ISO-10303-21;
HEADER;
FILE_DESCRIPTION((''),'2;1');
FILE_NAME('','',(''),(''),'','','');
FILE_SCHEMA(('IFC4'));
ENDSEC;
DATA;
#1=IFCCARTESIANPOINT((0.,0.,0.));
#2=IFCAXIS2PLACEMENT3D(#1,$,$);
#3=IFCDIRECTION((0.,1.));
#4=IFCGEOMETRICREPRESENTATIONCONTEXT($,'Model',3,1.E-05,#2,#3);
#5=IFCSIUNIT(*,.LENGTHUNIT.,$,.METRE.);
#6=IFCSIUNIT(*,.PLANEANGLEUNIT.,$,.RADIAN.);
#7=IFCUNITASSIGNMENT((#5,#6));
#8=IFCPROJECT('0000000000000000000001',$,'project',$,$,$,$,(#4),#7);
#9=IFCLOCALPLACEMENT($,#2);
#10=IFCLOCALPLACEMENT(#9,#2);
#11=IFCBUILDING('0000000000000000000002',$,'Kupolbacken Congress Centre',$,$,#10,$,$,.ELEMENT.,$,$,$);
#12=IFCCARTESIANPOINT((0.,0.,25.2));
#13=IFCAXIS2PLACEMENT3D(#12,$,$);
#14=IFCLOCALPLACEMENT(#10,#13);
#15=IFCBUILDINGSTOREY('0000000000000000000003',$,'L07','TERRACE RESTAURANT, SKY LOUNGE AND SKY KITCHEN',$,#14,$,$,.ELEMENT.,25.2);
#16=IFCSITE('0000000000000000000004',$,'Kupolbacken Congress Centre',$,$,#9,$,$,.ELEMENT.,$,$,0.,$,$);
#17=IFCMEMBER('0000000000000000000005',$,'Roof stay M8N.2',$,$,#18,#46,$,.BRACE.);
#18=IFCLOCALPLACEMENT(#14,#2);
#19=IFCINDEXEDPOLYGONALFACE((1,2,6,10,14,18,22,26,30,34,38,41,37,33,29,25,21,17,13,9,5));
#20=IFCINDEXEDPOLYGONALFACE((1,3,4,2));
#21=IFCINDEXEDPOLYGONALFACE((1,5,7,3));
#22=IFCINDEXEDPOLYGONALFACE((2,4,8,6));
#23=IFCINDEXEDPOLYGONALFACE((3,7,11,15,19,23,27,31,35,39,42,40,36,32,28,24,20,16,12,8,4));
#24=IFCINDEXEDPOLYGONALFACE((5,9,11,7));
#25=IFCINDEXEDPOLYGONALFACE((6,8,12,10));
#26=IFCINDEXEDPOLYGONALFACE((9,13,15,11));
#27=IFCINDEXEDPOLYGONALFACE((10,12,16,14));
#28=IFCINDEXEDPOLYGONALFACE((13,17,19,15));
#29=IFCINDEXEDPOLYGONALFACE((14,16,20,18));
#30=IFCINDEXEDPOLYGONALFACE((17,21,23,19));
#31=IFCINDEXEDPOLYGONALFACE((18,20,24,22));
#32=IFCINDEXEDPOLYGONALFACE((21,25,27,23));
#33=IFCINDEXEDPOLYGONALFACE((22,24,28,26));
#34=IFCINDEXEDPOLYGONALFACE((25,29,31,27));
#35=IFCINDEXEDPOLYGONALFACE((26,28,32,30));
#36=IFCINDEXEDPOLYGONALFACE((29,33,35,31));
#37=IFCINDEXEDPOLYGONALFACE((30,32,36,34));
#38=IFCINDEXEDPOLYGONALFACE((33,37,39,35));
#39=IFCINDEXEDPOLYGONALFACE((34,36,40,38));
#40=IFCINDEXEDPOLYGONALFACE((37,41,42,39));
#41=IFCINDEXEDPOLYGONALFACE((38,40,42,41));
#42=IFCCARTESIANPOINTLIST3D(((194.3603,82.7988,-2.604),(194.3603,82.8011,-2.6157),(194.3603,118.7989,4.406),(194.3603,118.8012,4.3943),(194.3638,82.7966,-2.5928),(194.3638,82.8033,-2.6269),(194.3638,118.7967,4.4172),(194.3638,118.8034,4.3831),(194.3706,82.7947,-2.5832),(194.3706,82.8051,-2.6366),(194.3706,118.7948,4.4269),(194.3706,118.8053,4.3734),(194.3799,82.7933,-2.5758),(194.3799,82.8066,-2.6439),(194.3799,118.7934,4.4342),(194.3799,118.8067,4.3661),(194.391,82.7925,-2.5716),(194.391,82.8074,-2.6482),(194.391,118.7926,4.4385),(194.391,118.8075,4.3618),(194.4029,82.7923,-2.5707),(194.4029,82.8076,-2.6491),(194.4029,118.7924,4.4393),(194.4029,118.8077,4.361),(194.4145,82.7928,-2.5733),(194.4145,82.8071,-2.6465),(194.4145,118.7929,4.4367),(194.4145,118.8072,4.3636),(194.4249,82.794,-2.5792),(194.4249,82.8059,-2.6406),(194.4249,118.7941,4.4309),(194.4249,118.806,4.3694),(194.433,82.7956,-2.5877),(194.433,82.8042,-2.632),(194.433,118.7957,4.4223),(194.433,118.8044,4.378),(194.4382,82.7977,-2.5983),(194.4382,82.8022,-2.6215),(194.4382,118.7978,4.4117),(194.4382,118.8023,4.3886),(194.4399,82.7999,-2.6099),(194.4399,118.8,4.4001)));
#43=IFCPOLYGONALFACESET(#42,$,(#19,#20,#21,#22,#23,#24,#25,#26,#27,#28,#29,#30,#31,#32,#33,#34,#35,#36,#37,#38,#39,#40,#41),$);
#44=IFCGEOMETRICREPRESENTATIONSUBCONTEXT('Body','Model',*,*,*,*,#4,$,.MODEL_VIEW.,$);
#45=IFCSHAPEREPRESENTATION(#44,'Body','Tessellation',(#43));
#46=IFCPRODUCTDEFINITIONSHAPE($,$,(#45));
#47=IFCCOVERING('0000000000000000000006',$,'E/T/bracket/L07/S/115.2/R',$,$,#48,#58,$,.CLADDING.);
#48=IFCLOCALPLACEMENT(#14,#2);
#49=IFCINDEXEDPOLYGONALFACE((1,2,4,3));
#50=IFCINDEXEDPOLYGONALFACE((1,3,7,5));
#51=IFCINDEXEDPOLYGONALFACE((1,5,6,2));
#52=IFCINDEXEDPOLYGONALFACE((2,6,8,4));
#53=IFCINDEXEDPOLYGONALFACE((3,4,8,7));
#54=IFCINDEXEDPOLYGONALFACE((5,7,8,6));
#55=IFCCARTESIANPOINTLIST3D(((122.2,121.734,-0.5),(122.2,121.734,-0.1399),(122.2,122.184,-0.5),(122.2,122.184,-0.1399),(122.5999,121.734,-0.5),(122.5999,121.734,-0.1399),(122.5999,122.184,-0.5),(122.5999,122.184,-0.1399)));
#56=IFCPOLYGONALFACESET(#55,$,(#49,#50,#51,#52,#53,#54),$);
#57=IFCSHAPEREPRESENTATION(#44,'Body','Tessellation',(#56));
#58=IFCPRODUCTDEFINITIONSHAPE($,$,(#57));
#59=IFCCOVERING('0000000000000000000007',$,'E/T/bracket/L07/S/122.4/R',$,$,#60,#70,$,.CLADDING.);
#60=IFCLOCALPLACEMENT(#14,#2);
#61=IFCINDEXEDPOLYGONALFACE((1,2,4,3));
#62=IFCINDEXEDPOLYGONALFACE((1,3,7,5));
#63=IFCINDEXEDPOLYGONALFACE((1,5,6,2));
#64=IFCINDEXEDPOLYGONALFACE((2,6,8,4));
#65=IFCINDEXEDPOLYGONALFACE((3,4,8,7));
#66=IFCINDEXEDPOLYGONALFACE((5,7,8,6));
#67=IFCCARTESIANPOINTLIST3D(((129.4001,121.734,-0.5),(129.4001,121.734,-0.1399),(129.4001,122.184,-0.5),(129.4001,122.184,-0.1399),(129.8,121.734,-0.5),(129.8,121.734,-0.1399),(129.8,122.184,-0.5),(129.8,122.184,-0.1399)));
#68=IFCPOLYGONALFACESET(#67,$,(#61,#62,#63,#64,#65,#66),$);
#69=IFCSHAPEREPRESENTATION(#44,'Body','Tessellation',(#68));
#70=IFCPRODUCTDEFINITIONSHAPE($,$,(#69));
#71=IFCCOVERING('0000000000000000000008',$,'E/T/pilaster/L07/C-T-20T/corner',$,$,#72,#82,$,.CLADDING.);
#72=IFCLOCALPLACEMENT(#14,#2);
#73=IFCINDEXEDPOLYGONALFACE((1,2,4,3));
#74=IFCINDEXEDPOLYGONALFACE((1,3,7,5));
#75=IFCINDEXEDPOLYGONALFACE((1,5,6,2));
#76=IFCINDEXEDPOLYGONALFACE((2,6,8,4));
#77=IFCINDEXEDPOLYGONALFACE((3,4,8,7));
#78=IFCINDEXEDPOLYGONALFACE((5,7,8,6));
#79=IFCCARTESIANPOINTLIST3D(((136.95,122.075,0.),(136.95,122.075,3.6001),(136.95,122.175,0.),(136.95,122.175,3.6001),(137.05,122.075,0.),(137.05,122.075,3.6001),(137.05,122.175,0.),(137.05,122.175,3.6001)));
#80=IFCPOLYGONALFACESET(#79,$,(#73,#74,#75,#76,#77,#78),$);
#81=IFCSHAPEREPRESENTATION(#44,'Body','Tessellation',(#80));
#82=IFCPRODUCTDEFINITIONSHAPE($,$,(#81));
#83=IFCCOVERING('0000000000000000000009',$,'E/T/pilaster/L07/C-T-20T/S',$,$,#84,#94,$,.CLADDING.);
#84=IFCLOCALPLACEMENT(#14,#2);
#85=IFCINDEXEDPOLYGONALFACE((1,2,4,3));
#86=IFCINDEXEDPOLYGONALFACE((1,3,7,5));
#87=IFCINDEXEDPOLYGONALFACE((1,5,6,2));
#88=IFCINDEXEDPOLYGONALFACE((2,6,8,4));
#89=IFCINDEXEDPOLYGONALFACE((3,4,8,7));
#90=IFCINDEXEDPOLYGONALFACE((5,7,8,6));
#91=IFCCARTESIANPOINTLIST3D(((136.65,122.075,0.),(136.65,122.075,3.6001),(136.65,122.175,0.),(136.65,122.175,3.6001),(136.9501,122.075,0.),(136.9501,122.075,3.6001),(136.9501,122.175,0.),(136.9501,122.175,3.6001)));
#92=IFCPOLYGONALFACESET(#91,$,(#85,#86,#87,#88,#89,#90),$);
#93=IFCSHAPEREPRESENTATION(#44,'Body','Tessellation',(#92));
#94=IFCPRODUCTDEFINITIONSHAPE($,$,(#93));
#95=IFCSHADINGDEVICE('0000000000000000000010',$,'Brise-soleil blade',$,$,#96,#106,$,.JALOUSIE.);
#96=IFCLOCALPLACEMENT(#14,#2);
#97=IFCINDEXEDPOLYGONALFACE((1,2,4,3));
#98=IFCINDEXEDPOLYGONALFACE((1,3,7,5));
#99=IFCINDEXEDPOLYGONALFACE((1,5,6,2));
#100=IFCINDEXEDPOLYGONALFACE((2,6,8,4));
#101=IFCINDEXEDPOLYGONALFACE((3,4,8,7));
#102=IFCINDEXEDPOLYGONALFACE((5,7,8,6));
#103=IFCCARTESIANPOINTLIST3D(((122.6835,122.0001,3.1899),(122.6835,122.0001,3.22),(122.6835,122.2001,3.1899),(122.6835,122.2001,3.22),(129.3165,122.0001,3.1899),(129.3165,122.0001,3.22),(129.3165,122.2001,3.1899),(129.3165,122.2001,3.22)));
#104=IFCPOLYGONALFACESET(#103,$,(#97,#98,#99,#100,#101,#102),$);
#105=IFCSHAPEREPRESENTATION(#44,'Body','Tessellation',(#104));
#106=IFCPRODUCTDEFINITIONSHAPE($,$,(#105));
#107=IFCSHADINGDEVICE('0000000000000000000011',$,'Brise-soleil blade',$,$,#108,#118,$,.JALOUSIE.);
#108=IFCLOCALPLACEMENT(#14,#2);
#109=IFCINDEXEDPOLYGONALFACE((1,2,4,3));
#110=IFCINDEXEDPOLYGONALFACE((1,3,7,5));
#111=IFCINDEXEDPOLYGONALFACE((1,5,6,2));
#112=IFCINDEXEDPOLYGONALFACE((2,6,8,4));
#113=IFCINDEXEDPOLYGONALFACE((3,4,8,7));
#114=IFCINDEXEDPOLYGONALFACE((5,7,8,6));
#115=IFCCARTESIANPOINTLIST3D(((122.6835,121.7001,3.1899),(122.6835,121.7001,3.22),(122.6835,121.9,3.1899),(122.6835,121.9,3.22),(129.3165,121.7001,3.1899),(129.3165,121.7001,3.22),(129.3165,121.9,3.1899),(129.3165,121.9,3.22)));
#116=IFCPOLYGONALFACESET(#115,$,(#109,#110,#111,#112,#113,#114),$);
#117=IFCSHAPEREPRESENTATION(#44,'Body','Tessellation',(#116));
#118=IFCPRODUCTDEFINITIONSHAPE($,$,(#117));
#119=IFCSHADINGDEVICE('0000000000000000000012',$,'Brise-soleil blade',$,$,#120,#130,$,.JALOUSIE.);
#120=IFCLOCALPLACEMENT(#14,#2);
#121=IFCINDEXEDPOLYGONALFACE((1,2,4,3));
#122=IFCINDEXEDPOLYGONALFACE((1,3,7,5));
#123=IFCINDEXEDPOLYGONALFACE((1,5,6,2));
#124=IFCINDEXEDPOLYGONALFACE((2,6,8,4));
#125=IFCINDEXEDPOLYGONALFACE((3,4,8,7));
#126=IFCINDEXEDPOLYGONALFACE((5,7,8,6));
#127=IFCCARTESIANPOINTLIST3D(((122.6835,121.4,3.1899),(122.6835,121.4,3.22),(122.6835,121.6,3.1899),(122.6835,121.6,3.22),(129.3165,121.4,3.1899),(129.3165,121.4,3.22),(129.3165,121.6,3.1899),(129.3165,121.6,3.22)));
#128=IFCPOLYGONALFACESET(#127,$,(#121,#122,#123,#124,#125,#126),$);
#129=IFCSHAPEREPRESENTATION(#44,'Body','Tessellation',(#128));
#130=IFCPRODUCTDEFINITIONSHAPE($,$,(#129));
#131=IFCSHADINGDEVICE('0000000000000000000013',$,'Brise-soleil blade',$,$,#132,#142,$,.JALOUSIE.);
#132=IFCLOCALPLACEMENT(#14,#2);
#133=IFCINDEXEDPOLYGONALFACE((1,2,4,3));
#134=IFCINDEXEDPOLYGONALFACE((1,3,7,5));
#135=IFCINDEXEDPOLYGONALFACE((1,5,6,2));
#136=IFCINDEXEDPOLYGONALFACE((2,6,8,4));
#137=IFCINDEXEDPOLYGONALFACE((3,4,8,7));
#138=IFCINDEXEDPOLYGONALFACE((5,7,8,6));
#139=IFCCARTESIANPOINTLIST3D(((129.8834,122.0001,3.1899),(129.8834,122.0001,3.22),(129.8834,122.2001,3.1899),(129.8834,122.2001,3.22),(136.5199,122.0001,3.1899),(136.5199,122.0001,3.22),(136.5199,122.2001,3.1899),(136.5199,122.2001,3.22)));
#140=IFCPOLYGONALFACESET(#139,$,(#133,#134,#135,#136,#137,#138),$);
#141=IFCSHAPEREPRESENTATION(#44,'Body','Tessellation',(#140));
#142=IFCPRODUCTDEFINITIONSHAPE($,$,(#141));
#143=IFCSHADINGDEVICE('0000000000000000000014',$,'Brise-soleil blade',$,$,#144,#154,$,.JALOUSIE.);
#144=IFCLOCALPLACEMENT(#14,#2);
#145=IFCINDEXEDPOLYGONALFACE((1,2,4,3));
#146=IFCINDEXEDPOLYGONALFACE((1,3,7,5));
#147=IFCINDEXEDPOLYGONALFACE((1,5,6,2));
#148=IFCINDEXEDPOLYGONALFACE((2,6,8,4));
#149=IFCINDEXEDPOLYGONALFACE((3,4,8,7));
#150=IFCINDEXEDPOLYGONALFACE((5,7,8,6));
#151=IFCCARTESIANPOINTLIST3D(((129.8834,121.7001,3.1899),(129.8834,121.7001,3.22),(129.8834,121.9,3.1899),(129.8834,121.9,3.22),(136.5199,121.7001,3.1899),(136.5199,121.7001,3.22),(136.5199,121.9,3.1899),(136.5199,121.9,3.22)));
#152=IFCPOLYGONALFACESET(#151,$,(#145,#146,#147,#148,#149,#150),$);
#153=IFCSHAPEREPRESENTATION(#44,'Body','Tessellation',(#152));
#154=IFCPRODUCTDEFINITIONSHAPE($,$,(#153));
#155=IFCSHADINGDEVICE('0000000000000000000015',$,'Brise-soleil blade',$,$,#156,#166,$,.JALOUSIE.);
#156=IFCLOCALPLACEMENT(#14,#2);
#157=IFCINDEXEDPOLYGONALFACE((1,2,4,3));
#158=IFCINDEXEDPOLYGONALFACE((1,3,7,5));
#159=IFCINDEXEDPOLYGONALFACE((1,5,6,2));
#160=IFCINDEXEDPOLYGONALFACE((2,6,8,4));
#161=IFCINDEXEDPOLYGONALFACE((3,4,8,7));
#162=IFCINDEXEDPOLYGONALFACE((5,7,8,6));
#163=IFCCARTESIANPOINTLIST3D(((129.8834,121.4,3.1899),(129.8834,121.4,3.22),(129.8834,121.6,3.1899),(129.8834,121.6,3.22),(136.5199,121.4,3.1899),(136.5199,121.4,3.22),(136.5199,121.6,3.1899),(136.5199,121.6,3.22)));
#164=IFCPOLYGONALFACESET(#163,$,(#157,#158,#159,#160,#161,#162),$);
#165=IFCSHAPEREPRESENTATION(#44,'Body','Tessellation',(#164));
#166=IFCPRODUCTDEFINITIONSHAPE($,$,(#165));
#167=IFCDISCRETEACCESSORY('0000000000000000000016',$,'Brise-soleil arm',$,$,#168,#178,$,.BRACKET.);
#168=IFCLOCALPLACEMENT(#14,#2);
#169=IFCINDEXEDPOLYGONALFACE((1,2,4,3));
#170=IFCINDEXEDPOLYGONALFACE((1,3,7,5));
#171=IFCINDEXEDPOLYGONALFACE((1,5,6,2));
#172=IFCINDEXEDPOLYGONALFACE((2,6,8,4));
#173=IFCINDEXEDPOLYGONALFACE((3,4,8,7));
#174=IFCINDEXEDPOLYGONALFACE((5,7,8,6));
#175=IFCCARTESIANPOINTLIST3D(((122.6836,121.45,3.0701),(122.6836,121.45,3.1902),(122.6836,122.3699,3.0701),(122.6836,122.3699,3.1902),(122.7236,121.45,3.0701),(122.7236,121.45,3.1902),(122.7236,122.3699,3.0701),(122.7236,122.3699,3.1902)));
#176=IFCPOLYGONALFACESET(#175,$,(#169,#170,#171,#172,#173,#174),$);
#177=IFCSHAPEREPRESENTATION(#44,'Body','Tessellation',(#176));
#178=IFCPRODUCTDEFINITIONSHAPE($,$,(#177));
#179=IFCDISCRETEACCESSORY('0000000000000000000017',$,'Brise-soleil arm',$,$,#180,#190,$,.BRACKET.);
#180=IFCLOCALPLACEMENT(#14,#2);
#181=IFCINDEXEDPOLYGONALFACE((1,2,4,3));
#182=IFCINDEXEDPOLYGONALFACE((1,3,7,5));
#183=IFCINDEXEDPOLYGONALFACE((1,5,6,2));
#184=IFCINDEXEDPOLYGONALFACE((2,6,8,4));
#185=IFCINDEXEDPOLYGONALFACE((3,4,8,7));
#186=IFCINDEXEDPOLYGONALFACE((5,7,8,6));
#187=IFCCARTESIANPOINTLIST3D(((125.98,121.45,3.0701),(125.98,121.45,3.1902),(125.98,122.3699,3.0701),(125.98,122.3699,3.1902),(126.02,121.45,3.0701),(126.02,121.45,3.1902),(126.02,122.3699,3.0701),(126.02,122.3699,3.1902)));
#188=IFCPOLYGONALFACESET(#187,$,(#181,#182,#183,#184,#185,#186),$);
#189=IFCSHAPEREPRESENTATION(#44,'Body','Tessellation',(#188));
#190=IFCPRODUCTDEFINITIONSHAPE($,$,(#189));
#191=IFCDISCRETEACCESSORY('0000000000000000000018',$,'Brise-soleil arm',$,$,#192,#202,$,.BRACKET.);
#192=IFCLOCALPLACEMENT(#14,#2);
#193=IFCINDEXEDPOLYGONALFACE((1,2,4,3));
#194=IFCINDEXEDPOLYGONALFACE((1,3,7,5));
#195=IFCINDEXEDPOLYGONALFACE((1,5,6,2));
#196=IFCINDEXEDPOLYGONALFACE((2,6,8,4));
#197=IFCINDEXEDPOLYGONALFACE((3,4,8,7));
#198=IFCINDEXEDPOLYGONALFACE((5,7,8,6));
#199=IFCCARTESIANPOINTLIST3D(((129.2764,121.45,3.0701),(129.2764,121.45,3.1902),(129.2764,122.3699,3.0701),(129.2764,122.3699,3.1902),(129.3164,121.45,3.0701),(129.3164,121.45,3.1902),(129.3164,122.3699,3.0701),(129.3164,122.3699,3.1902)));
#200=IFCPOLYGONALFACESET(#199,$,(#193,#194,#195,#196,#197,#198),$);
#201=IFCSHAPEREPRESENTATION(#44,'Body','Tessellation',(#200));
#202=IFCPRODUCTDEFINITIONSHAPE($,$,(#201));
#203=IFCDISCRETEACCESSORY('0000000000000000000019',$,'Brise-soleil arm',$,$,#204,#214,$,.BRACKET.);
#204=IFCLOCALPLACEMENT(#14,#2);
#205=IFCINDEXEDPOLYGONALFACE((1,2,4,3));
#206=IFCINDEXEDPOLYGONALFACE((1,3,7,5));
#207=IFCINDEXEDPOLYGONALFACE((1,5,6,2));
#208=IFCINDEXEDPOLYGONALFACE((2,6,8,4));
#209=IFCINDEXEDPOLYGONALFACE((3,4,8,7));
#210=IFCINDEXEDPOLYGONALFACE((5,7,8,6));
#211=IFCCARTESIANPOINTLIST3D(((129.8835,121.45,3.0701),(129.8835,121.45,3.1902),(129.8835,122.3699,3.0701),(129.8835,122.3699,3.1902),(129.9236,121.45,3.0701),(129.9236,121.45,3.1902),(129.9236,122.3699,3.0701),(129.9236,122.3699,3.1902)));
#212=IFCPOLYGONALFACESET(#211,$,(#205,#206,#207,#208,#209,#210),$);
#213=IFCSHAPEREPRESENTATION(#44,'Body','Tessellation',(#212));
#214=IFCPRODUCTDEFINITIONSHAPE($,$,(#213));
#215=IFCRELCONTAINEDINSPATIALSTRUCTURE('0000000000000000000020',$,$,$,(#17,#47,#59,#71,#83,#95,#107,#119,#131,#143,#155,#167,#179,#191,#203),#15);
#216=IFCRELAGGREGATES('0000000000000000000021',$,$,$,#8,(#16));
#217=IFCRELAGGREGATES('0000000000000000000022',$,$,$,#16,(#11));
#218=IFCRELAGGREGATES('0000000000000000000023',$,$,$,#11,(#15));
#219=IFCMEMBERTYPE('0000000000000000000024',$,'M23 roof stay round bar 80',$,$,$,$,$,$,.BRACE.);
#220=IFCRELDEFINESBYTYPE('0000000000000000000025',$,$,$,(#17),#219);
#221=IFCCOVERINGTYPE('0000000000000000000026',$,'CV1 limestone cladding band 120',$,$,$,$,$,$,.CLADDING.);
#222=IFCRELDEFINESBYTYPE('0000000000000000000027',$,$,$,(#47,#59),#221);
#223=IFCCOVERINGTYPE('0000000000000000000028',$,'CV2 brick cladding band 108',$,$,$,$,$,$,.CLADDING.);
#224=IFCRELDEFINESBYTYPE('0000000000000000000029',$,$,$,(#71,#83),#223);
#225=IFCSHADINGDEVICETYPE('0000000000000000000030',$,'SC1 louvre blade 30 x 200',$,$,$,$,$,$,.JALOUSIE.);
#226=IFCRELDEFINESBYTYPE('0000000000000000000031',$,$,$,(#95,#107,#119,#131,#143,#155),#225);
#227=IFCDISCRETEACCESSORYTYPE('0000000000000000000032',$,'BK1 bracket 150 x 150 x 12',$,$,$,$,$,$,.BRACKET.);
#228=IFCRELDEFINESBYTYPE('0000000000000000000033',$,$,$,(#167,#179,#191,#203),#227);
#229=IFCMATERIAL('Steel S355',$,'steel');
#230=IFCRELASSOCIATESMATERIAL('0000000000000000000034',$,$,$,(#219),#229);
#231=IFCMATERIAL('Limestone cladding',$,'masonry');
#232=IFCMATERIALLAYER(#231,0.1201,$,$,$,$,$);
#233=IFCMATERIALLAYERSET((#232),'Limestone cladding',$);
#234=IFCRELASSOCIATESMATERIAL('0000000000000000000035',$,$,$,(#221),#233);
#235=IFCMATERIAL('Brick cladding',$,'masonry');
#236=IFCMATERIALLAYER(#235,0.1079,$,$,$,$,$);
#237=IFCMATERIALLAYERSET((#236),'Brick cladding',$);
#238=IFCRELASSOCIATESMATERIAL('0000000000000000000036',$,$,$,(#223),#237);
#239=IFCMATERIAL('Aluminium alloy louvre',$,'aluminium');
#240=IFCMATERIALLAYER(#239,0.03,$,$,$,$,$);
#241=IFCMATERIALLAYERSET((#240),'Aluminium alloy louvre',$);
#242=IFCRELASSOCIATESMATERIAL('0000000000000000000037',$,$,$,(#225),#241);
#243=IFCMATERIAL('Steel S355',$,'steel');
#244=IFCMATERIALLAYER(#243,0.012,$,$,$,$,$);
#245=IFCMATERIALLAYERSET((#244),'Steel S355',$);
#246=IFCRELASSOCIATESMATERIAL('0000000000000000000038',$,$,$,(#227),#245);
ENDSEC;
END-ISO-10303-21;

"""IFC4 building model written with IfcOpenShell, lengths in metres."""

from ifc_helpers import new_model, si_unit, direction, frame, origin, origin_2d, place, context, subcontext, project, spatial, rectangle, circle, extrude, material, layer, layer_set, material_profile, profile_set, type_object, element, save


model = new_model("IFC4")

# Units and contexts
model_context = context("Model", 3, precision=1e-05, world=origin(), true_north=direction((0.0, 1.0)))
body_context = subcontext(model_context, "Body", "Model", "MODEL_VIEW")
ifc_project = project(units=[si_unit("LENGTHUNIT", "METRE"), si_unit("PLANEANGLEUNIT", "RADIAN")], contexts=[model_context])

# Site, building, storey
site_placement = place(None, origin())
site = spatial("IfcSite", under=ifc_project, at=site_placement, Name="Kupolbacken Congress Centre", CompositionType="ELEMENT", RefElevation=0.0)
building_placement = place(site_placement, origin())
building = spatial("IfcBuilding", under=site, at=building_placement, Name="Kupolbacken Congress Centre", CompositionType="ELEMENT")
storey_placement = place(building_placement, frame((0.0, 0.0, 25.2)))
storey = spatial("IfcBuildingStorey", under=building, at=storey_placement, Name="L07", Description="TERRACE RESTAURANT, SKY LOUNGE AND SKY KITCHEN", CompositionType="ELEMENT", Elevation=25.2)

# Member
ifc_material_1 = material(Name="Steel S355", Category="steel")
ifc_material_profile_1 = material_profile(ifc_material_1, circle(Radius=0.04, at=origin_2d()), Name="RB 80")
ifc_profile_set_1 = profile_set([ifc_material_profile_1], Name="Steel S355")
member_type = type_object("IfcMemberType", Name="M23 roof stay round bar 80", PredefinedType="BRACE", material=ifc_profile_set_1)
member_1_placement = place(storey_placement, frame((194.3999, 118.8, 4.4001), z_axis=(0.0, -0.981564, -0.191133), x_axis=(1.0, 0.0, 0.0)))
element("IfcMember", 1, at=member_1_placement, inside=storey, type_object=member_type, Name="Roof stay M8N.2", PredefinedType="BRACE", context=body_context, shape_type="SweptSolid", body=[
    extrude(circle(Radius=0.04, at=origin_2d()), origin(), (0.0, 0.0, 1.0), 36.6763),
])

# Coverings
ifc_material_2 = material(Name="Limestone cladding", Category="masonry")
ifc_layer_1 = layer(ifc_material_2, 0.1201)
ifc_layer_set_1 = layer_set([ifc_layer_1], Name="Limestone cladding")
covering_type_1 = type_object("IfcCoveringType", Name="CV1 limestone cladding band 120", PredefinedType="CLADDING", material=ifc_layer_set_1)
for number, where, z_axis, x_axis, name in (
    (2, (122.3999, 121.959, -0.5), (0.0, 0.0, 1.0), (1.0, 0.0, 0.0), "E/T/bracket/L07/S/115.2/R"),
    (3, (129.6001, 121.959, -0.5), (0.0, 0.0, 1.0), (1.0, 0.0, 0.0), "E/T/bracket/L07/S/122.4/R"),
):
    element("IfcCovering", number, at=place(storey_placement, frame(where, z_axis=z_axis, x_axis=x_axis)), inside=storey, type_object=covering_type_1, Name=name, PredefinedType="CLADDING", context=body_context, shape_type="SweptSolid", body=[
        extrude(rectangle(XDim=0.3999, YDim=0.45, at=origin_2d()), origin(), (0.0, 0.0, 1.0), 0.3601),
    ])
ifc_material_3 = material(Name="Brick cladding", Category="masonry")
ifc_layer_2 = layer(ifc_material_3, 0.1079)
ifc_layer_set_2 = layer_set([ifc_layer_2], Name="Brick cladding")
covering_type_2 = type_object("IfcCoveringType", Name="CV2 brick cladding band 108", PredefinedType="CLADDING", material=ifc_layer_set_2)
covering_1_placement = place(storey_placement, frame((137.0, 122.125, 0.0), z_axis=(0.0, 0.0, 1.0), x_axis=(1.0, 0.0, 0.0)))
element("IfcCovering", 4, at=covering_1_placement, inside=storey, type_object=covering_type_2, Name="E/T/pilaster/L07/C-T-20T/corner", PredefinedType="CLADDING", context=body_context, shape_type="SweptSolid", body=[
    extrude(rectangle(XDim=0.1001, YDim=0.1001, at=origin_2d()), origin(), (0.0, 0.0, 1.0), 3.6001),
])
covering_2_placement = place(storey_placement, frame((136.8, 122.125, 0.0), z_axis=(0.0, 0.0, 1.0), x_axis=(1.0, 0.0, 0.0)))
element("IfcCovering", 5, at=covering_2_placement, inside=storey, type_object=covering_type_2, Name="E/T/pilaster/L07/C-T-20T/S", PredefinedType="CLADDING", context=body_context, shape_type="SweptSolid", body=[
    extrude(rectangle(XDim=0.3, YDim=0.1001, at=origin_2d()), origin(), (0.0, 0.0, 1.0), 3.6001),
])

# Shading devices
ifc_material_4 = material(Name="Aluminium alloy louvre", Category="aluminium")
ifc_layer_3 = layer(ifc_material_4, 0.03)
ifc_layer_set_3 = layer_set([ifc_layer_3], Name="Aluminium alloy louvre")
shading_device_type = type_object("IfcShadingDeviceType", Name="SC1 louvre blade 30 x 200", PredefinedType="JALOUSIE", material=ifc_layer_set_3)
for number, where, z_axis, x_axis, name in (
    (6, (126.0, 122.1001, 3.1899), (0.0, 0.0, 1.0), (1.0, 0.0, 0.0), "Brise-soleil blade"),
    (7, (126.0, 121.8, 3.1899), (0.0, 0.0, 1.0), (1.0, 0.0, 0.0), "Brise-soleil blade"),
    (8, (126.0, 121.5, 3.1899), (0.0, 0.0, 1.0), (1.0, 0.0, 0.0), "Brise-soleil blade"),
):
    element("IfcShadingDevice", number, at=place(storey_placement, frame(where, z_axis=z_axis, x_axis=x_axis)), inside=storey, type_object=shading_device_type, Name=name, PredefinedType="JALOUSIE", context=body_context, shape_type="SweptSolid", body=[
        extrude(rectangle(XDim=6.6331, YDim=0.2, at=origin_2d()), origin(), (0.0, 0.0, 1.0), 0.03),
    ])
for number, where, z_axis, x_axis, name in (
    (9, (133.2017, 122.1001, 3.1899), (0.0, 0.0, 1.0), (1.0, 0.0, 0.0), "Brise-soleil blade"),
    (10, (133.2017, 121.8, 3.1899), (0.0, 0.0, 1.0), (1.0, 0.0, 0.0), "Brise-soleil blade"),
    (11, (133.2017, 121.5, 3.1899), (0.0, 0.0, 1.0), (1.0, 0.0, 0.0), "Brise-soleil blade"),
):
    element("IfcShadingDevice", number, at=place(storey_placement, frame(where, z_axis=z_axis, x_axis=x_axis)), inside=storey, type_object=shading_device_type, Name=name, PredefinedType="JALOUSIE", context=body_context, shape_type="SweptSolid", body=[
        extrude(rectangle(XDim=6.6365, YDim=0.2, at=origin_2d()), origin(), (0.0, 0.0, 1.0), 0.03),
    ])

# Discrete accessories
ifc_material_5 = material(Name="Steel S355", Category="steel")
ifc_layer_4 = layer(ifc_material_5, 0.012)
ifc_layer_set_4 = layer_set([ifc_layer_4], Name="Steel S355")
discrete_accessory_type_1 = type_object("IfcDiscreteAccessoryType", Name="BK1 bracket 150 x 150 x 12", PredefinedType="BRACKET", material=ifc_layer_set_4)
for number, where, z_axis, x_axis, name in (
    (12, (122.7036, 121.9099, 3.0701), (0.0, 0.0, 1.0), (1.0, 0.0, 0.0), "Brise-soleil arm"),
    (13, (126.0, 121.9099, 3.0701), (0.0, 0.0, 1.0), (1.0, 0.0, 0.0), "Brise-soleil arm"),
    (14, (129.2964, 121.9099, 3.0701), (0.0, 0.0, 1.0), (1.0, 0.0, 0.0), "Brise-soleil arm"),
    (15, (129.9036, 121.9099, 3.0701), (0.0, 0.0, 1.0), (1.0, 0.0, 0.0), "Brise-soleil arm"),
):
    element("IfcDiscreteAccessory", number, at=place(storey_placement, frame(where, z_axis=z_axis, x_axis=x_axis)), inside=storey, type_object=discrete_accessory_type_1, Name=name, PredefinedType="BRACKET", context=body_context, shape_type="SweptSolid", body=[
        extrude(rectangle(XDim=0.04, YDim=0.9199, at=origin_2d()), origin(), (0.0, 0.0, 1.0), 0.1201),
    ])

save(model, "model.ifc")
